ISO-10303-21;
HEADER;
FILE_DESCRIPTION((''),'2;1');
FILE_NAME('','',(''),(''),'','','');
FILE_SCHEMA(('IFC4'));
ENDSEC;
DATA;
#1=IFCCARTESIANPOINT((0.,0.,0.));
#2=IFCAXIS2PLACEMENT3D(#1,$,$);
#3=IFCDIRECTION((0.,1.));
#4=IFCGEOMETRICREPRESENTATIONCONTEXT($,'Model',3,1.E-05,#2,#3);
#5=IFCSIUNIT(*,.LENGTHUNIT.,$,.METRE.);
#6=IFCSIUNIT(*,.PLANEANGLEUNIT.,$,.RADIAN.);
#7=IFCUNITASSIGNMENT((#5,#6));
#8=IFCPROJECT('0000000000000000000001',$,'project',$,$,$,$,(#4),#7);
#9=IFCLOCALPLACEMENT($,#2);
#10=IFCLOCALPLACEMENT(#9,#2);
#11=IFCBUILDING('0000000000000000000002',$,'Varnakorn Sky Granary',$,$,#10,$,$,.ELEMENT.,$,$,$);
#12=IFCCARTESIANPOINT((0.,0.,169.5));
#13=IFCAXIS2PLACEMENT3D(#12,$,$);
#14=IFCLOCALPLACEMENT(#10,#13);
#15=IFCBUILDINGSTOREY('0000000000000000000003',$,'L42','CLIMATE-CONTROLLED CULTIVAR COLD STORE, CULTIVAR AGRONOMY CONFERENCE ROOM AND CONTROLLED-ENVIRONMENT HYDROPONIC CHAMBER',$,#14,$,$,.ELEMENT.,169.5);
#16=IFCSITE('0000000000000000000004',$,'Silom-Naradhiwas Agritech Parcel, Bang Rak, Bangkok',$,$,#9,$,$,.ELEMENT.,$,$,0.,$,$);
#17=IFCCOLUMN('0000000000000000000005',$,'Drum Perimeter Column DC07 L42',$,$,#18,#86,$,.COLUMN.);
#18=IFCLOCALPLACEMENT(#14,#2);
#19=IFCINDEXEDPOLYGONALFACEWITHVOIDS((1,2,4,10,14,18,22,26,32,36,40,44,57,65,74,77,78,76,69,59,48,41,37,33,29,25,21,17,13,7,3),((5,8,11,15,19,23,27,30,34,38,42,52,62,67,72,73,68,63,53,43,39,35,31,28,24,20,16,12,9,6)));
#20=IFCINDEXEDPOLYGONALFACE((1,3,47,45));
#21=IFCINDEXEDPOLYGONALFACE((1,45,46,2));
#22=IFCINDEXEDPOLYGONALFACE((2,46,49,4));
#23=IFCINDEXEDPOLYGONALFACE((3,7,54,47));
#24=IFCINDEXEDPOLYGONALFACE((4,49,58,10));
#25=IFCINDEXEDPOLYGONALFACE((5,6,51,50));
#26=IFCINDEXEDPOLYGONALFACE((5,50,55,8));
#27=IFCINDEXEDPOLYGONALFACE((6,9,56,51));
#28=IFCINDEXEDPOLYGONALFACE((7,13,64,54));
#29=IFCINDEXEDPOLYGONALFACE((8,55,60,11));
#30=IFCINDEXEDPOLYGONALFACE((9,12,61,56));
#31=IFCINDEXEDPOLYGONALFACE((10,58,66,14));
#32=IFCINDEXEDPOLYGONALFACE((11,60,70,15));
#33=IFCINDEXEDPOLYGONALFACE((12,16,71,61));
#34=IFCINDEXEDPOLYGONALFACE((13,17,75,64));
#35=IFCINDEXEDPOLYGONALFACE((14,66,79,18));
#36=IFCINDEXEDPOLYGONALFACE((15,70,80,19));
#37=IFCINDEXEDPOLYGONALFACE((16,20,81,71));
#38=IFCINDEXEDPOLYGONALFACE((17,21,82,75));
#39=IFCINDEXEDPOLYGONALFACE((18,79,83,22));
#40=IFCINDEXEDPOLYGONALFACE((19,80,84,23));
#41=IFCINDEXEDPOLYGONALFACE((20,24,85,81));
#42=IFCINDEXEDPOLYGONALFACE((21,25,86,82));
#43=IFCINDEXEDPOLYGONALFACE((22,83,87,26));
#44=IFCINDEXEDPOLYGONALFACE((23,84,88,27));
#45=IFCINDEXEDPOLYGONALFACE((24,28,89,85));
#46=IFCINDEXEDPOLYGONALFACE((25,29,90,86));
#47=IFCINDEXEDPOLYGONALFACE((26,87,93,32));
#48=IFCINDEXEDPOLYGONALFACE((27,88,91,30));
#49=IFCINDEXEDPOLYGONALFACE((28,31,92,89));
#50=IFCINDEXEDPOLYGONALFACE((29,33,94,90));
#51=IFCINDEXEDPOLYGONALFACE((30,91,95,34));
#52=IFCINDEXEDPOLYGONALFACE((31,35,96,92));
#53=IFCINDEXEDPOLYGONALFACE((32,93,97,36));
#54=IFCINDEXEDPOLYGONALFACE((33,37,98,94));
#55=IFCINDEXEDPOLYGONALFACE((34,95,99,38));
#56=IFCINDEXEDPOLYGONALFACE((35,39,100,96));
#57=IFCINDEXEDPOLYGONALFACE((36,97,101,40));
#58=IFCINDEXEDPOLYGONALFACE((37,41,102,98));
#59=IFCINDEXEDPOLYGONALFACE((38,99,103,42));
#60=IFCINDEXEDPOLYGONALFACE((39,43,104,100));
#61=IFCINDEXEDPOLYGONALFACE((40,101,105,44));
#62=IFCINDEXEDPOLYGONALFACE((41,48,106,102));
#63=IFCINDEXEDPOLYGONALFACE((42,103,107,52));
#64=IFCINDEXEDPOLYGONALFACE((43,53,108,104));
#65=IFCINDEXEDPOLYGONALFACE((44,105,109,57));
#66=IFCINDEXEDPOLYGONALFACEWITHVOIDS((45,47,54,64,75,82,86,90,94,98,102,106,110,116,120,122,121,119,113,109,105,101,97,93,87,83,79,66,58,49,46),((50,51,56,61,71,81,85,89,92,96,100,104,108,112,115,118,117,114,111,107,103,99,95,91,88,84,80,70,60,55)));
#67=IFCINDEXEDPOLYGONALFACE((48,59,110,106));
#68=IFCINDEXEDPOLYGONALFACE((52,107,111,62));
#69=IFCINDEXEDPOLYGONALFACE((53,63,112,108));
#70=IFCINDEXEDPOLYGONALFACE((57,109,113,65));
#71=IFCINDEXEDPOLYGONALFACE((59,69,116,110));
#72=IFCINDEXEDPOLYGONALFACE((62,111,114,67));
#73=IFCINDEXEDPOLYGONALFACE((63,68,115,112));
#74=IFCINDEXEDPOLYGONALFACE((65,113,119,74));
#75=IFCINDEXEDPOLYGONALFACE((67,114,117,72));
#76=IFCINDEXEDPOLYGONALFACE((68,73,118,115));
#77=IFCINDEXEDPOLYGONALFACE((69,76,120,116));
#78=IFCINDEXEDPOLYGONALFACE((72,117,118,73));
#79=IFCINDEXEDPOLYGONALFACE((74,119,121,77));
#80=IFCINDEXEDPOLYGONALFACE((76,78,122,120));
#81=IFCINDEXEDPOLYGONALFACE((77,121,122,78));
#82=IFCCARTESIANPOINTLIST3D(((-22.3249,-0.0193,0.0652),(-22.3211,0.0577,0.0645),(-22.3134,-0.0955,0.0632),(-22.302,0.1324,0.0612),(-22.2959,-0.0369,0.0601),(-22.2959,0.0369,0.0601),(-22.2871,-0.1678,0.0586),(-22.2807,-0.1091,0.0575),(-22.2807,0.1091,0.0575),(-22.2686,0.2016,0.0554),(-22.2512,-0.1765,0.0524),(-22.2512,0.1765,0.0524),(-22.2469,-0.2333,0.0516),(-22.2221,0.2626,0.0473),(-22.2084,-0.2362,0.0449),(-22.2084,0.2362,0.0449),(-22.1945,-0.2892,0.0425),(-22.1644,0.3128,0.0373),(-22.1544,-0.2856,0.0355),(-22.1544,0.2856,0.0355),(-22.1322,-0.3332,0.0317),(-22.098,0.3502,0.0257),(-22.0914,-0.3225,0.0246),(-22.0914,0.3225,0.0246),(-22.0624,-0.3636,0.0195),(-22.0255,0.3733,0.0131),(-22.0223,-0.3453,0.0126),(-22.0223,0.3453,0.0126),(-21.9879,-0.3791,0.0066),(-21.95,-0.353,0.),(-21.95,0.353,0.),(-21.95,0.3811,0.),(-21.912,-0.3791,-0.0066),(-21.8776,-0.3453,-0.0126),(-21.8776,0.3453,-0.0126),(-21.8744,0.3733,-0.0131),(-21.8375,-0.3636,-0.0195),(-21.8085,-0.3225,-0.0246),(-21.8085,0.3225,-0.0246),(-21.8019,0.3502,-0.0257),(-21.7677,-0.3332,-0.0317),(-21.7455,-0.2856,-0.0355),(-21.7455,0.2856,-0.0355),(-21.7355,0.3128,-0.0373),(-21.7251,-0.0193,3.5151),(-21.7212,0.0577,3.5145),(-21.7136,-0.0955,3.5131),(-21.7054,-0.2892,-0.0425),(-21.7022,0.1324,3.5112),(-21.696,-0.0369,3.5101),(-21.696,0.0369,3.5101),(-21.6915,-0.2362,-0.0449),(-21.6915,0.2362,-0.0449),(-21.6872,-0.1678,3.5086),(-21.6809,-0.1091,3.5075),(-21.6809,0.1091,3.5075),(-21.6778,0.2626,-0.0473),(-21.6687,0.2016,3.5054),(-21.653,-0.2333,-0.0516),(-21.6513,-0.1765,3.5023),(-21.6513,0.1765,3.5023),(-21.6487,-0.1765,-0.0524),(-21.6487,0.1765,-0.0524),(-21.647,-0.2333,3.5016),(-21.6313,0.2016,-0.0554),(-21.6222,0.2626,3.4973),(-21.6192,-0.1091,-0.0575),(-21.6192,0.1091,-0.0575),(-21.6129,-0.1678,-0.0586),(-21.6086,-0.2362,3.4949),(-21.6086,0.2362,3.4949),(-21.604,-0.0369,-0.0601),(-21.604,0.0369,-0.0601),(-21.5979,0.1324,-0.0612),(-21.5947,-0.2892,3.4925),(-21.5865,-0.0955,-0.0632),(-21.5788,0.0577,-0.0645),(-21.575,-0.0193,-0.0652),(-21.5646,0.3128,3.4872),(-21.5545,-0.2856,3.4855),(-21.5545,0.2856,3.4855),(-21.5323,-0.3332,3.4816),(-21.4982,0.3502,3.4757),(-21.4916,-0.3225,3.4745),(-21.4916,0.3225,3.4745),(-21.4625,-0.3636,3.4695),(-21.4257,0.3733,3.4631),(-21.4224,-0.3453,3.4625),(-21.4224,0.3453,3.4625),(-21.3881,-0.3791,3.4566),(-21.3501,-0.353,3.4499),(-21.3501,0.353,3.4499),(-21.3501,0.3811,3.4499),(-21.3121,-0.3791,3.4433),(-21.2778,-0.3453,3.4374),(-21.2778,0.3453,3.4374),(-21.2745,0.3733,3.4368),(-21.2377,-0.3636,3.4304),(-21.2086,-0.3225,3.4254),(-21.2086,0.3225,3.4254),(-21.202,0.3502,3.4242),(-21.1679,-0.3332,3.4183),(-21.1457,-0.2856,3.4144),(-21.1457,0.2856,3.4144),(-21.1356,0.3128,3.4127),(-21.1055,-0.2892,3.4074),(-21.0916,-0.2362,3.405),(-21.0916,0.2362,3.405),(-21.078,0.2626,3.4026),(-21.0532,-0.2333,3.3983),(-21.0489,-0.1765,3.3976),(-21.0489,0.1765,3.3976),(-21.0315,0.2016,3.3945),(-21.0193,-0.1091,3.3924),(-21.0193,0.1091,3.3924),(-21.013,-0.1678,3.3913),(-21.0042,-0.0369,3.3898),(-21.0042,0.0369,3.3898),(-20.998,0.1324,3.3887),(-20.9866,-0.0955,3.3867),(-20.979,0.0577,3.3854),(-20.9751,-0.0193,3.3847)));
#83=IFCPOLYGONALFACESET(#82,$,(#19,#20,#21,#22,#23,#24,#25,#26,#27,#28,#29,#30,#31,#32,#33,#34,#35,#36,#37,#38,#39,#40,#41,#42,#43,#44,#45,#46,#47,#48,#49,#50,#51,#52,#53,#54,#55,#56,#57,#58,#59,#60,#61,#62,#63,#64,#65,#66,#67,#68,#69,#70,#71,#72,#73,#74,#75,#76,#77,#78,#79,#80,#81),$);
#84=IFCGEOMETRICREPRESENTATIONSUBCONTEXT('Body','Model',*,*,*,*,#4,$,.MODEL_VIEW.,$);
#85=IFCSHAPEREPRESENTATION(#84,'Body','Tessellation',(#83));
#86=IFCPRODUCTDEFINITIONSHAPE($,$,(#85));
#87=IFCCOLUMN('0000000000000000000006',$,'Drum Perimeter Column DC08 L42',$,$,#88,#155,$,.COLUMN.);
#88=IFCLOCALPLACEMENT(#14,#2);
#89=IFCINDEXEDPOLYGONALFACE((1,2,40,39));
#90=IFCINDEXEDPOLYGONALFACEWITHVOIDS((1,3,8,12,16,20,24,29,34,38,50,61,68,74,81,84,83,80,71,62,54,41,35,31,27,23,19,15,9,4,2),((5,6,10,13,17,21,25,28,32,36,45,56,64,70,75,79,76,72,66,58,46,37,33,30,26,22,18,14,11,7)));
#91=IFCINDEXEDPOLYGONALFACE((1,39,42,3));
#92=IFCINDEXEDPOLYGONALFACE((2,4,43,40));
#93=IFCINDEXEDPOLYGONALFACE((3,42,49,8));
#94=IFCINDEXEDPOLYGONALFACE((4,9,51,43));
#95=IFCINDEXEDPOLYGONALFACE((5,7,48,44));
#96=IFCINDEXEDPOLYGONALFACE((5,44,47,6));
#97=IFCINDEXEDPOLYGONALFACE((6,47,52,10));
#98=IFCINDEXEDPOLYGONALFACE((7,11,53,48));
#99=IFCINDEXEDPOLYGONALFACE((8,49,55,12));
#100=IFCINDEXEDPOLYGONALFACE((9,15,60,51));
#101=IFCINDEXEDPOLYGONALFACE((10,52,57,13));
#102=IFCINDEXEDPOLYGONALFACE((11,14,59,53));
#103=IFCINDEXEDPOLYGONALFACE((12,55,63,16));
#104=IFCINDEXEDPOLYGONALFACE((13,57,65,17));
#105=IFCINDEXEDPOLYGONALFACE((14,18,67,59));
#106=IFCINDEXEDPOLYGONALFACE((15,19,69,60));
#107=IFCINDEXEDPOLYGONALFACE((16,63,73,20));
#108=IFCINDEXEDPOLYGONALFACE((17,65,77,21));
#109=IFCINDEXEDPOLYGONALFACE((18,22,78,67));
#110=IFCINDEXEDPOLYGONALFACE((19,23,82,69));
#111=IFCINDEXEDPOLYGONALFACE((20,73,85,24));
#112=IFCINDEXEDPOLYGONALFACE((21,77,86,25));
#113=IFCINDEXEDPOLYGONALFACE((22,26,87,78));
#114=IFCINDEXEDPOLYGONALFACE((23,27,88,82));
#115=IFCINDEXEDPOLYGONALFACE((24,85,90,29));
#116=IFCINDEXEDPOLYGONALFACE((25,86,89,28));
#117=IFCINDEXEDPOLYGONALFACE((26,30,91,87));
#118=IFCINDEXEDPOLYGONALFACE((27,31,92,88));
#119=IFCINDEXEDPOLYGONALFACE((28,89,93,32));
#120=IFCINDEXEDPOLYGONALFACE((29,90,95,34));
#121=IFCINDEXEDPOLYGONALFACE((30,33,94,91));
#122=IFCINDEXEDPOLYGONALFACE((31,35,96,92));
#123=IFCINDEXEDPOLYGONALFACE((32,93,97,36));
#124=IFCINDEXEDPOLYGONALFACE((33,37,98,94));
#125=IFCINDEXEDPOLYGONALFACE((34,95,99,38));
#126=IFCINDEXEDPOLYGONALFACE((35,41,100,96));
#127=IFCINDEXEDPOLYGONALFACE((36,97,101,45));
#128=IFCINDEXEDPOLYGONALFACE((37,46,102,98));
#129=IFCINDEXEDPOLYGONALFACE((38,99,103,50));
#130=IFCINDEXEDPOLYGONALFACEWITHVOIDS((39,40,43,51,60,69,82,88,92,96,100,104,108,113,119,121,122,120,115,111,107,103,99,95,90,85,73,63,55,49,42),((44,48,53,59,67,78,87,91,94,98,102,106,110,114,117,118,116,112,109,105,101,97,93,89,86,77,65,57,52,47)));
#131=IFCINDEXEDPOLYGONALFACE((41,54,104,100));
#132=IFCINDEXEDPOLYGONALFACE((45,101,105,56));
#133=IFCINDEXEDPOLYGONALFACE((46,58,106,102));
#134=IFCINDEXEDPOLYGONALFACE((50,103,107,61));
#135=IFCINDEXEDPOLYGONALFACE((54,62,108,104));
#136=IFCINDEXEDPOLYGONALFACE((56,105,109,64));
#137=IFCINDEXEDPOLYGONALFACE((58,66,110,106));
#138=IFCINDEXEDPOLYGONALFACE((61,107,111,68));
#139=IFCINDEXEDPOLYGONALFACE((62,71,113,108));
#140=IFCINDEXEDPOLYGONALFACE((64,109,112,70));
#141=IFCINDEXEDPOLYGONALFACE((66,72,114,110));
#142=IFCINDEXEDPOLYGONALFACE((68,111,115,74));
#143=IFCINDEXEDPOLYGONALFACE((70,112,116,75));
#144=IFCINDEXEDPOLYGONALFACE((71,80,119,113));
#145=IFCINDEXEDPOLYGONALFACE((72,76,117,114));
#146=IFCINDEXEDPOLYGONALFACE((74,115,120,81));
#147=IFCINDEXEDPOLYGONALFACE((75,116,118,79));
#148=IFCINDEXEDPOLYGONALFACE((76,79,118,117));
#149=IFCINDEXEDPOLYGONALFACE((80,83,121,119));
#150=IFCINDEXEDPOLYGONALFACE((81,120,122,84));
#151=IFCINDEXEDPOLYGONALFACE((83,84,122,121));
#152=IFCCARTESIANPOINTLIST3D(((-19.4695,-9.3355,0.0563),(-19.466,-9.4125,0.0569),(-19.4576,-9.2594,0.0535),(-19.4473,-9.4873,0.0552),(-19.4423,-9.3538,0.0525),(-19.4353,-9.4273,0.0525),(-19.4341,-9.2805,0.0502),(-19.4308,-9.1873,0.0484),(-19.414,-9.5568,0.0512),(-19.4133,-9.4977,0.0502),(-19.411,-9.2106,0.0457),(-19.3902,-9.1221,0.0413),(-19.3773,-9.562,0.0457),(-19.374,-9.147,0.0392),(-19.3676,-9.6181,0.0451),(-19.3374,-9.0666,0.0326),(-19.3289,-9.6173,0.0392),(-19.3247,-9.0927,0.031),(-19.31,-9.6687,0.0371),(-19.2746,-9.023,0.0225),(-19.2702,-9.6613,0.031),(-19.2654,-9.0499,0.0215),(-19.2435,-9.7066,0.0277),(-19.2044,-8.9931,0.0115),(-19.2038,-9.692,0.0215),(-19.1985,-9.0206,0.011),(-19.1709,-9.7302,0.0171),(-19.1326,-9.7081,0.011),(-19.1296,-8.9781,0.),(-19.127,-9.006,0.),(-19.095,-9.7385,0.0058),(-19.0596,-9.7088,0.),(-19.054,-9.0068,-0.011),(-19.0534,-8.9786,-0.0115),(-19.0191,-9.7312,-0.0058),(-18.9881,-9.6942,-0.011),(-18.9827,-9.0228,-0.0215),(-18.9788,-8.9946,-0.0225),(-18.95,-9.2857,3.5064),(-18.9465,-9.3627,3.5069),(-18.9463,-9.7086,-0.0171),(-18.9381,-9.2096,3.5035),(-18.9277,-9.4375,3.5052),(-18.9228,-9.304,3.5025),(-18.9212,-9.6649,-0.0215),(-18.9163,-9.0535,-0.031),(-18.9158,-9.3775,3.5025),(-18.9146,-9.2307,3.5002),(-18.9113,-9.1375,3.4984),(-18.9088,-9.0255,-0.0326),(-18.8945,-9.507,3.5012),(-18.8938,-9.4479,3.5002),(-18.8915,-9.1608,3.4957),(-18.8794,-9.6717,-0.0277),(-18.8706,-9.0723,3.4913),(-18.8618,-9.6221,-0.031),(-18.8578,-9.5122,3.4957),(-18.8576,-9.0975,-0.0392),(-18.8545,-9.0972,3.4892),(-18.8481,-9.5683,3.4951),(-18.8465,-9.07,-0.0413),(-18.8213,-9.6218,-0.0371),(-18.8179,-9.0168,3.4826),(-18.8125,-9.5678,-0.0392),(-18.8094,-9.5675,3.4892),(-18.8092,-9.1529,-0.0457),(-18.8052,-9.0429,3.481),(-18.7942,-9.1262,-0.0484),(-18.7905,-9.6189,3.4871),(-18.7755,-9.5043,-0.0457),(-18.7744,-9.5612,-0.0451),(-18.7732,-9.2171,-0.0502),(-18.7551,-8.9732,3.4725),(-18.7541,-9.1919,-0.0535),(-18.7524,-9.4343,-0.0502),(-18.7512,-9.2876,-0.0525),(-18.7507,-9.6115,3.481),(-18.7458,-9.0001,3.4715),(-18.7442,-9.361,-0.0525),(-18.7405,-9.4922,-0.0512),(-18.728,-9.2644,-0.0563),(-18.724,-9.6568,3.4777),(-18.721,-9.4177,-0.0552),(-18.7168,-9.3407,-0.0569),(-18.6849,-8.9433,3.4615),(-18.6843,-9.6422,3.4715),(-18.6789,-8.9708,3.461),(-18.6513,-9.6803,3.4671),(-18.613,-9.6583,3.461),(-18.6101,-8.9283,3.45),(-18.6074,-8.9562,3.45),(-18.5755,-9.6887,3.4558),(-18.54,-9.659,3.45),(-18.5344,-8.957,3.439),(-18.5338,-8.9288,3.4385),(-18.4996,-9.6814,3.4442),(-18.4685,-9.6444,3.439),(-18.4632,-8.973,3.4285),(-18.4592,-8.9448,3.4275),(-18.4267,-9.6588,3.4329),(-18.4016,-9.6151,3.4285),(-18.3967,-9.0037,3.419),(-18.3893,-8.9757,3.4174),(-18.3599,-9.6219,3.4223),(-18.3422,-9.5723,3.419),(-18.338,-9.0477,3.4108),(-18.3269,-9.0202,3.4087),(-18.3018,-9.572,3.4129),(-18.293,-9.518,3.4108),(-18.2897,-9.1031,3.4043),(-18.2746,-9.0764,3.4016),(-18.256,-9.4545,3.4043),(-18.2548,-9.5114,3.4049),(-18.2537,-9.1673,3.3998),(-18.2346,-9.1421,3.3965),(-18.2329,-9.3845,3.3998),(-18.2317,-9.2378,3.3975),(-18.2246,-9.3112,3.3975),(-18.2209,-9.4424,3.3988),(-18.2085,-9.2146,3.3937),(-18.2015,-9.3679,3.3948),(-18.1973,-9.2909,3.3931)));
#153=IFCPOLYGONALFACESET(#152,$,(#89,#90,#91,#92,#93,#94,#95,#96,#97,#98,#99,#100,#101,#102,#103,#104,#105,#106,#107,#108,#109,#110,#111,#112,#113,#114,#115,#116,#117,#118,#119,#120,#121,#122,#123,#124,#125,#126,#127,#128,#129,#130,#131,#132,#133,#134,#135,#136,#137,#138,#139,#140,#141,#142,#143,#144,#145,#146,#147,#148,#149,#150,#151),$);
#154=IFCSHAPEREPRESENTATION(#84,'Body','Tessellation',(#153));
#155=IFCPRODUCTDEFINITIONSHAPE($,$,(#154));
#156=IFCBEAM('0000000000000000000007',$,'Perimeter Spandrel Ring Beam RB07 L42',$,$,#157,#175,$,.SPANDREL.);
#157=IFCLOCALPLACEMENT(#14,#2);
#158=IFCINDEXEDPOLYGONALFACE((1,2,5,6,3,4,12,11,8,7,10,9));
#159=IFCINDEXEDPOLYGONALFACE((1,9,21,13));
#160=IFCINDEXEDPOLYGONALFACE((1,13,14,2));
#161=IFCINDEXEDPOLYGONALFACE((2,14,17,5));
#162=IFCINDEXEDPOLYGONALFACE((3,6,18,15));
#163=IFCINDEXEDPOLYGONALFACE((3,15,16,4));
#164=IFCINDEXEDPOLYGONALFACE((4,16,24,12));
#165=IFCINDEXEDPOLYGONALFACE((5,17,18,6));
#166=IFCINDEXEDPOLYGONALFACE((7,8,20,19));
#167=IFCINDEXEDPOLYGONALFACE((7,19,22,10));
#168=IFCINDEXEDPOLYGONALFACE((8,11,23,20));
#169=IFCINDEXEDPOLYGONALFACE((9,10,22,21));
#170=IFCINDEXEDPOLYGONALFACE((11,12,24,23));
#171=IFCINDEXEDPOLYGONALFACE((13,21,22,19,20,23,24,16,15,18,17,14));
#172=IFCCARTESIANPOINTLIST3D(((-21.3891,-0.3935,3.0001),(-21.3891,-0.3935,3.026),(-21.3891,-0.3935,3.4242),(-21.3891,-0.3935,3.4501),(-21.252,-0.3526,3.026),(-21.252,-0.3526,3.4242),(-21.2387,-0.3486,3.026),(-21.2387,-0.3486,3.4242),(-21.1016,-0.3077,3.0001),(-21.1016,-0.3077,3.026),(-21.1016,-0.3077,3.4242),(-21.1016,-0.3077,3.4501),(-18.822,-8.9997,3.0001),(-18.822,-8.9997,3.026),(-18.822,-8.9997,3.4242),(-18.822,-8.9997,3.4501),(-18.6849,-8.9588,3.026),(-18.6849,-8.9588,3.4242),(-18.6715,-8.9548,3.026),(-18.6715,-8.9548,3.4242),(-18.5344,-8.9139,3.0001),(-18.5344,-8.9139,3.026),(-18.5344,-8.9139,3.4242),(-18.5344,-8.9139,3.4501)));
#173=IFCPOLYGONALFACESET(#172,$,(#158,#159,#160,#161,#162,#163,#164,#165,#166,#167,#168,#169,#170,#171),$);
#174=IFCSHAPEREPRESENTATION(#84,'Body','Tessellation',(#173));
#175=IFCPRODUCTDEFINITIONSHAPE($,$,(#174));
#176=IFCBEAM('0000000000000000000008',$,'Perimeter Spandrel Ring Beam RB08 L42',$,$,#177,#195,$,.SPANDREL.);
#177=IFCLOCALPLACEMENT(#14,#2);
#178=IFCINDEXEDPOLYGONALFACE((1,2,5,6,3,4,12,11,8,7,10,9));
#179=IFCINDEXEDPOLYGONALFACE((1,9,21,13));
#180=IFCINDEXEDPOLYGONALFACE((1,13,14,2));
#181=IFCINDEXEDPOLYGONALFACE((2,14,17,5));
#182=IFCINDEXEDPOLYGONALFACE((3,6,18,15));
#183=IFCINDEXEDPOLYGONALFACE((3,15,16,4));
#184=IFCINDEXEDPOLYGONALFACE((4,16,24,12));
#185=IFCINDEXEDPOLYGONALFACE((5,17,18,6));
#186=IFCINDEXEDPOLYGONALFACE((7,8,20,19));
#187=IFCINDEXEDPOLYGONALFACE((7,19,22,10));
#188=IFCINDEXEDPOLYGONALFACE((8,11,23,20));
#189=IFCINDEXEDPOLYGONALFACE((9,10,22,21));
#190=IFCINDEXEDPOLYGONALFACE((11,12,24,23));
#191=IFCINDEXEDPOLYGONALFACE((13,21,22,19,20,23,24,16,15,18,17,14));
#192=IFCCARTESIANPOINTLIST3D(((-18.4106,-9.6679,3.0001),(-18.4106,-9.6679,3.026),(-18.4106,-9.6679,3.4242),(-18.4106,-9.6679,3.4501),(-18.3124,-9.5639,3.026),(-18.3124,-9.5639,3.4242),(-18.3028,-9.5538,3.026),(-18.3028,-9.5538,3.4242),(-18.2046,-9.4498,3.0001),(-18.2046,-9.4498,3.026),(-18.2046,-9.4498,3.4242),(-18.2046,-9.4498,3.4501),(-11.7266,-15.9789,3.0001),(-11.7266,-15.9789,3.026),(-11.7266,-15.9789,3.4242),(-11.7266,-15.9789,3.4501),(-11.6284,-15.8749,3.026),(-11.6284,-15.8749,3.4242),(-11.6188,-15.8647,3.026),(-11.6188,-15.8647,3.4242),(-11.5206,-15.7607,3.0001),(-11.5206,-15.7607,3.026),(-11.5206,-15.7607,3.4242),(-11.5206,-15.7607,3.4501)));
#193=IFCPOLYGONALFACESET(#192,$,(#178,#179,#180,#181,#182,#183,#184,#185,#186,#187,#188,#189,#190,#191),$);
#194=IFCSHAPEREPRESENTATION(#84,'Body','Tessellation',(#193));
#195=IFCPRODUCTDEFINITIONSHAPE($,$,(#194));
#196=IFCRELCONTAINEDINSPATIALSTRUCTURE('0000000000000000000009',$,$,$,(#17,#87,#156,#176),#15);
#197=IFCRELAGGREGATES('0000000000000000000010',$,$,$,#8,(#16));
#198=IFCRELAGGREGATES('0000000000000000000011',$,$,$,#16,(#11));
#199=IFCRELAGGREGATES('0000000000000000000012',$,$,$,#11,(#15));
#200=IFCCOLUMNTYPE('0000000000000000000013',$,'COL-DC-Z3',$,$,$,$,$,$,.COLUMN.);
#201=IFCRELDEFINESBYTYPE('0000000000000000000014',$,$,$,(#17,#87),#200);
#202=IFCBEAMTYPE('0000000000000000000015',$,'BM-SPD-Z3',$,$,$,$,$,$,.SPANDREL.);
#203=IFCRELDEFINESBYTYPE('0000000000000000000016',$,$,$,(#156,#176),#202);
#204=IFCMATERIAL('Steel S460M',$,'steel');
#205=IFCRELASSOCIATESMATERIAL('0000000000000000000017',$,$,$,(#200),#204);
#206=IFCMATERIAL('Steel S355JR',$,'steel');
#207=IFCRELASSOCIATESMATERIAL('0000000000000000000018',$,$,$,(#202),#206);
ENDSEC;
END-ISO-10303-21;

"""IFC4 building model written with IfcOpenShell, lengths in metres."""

from ifc_helpers import new_model, si_unit, direction, frame, origin, origin_2d, place, context, subcontext, project, spatial, hollow_circle, i_section, extrude, material, material_profile, profile_set, type_object, element, save


model = new_model("IFC4")

# Units and contexts
model_context = context("Model", 3, precision=1e-05, world=origin(), true_north=direction((0.0, 1.0)))
body_context = subcontext(model_context, "Body", "Model", "MODEL_VIEW")
ifc_project = project(units=[si_unit("LENGTHUNIT", "METRE"), si_unit("PLANEANGLEUNIT", "RADIAN")], contexts=[model_context])

# Site, building, storey
site_placement = place(None, origin())
site = spatial("IfcSite", under=ifc_project, at=site_placement, Name="Silom-Naradhiwas Agritech Parcel, Bang Rak, Bangkok", CompositionType="ELEMENT", RefElevation=0.0)
building_placement = place(site_placement, origin())
building = spatial("IfcBuilding", under=site, at=building_placement, Name="Varnakorn Sky Granary", CompositionType="ELEMENT")
storey_placement = place(building_placement, frame((0.0, 0.0, 169.5)))
storey = spatial("IfcBuildingStorey", under=building, at=storey_placement, Name="L42", Description="CLIMATE-CONTROLLED CULTIVAR COLD STORE, CULTIVAR AGRONOMY CONFERENCE ROOM AND CONTROLLED-ENVIRONMENT HYDROPONIC CHAMBER", CompositionType="ELEMENT", Elevation=169.5)

# Columns
ifc_material_1 = material(Name="Steel S460M", Category="steel")
ifc_material_profile_1 = material_profile(ifc_material_1, hollow_circle(Radius=0.3811, WallThickness=0.0281, at=origin_2d()), Name="CHS 762x28")
ifc_profile_set_1 = profile_set([ifc_material_profile_1], Name="Steel S460M")
column_type = type_object("IfcColumnType", Name="COL-DC-Z3", PredefinedType="COLUMN", material=ifc_profile_set_1)
column_1_placement = place(storey_placement, frame((-21.95, 0.0, 0.0), z_axis=(0.171303, 0.0, 0.985218), x_axis=(0.0, 1.0, 0.0)))
element("IfcColumn", 1, at=column_1_placement, inside=storey, type_object=column_type, Name="Drum Perimeter Column DC07 L42", PredefinedType="COLUMN", context=body_context, shape_type="SweptSolid", body=[
    extrude(hollow_circle(Radius=0.3811, WallThickness=0.0281, at=origin_2d()), origin(), (0.0, 0.0, 1.0), 3.5017),
])
column_2_placement = place(storey_placement, frame((-19.0933, -9.3574, 0.0), z_axis=(0.148897, 0.014274, 0.98875), x_axis=(-0.095427, 0.995436, 0.0)))
element("IfcColumn", 2, at=column_2_placement, inside=storey, type_object=column_type, Name="Drum Perimeter Column DC08 L42", PredefinedType="COLUMN", context=body_context, shape_type="SweptSolid", body=[
    extrude(hollow_circle(Radius=0.3811, WallThickness=0.0281, at=origin_2d()), origin(), (0.0, 0.0, 1.0), 3.4893),
])

# Beams
ifc_material_2 = material(Name="Steel S355JR", Category="steel")
ifc_material_profile_2 = material_profile(ifc_material_2, i_section(OverallWidth=0.3, OverallDepth=0.45, WebThickness=0.0139, FlangeThickness=0.0259, at=origin_2d()), Name="HE 450 B")
ifc_profile_set_2 = profile_set([ifc_material_profile_2], Name="Steel S355JR")
beam_type = type_object("IfcBeamType", Name="BM-SPD-Z3", PredefinedType="SPANDREL", material=ifc_profile_set_2)
beam_1_placement = place(storey_placement, frame((-21.2454, -0.3506, 3.2251), z_axis=(0.285844, -0.958276, 0.0), x_axis=(0.958276, 0.285844, 0.0)))
element("IfcBeam", 3, at=beam_1_placement, inside=storey, type_object=beam_type, Name="Perimeter Spandrel Ring Beam RB07 L42", PredefinedType="SPANDREL", context=body_context, shape_type="SweptSolid", body=[
    extrude(i_section(OverallWidth=0.3, OverallDepth=0.45, WebThickness=0.0139, FlangeThickness=0.0259, at=origin_2d()), origin(), (0.0, 0.0, 1.0), 8.981),
])
beam_2_placement = place(storey_placement, frame((-18.3076, -9.5588, 3.2251), z_axis=(0.727106, -0.686525, 0.0), x_axis=(0.686525, 0.727106, 0.0)))
element("IfcBeam", 4, at=beam_2_placement, inside=storey, type_object=beam_type, Name="Perimeter Spandrel Ring Beam RB08 L42", PredefinedType="SPANDREL", context=body_context, shape_type="SweptSolid", body=[
    extrude(i_section(OverallWidth=0.3, OverallDepth=0.45, WebThickness=0.0139, FlangeThickness=0.0259, at=origin_2d()), origin(), (0.0, 0.0, 1.0), 9.1926),
])

save(model, "model.ifc")
